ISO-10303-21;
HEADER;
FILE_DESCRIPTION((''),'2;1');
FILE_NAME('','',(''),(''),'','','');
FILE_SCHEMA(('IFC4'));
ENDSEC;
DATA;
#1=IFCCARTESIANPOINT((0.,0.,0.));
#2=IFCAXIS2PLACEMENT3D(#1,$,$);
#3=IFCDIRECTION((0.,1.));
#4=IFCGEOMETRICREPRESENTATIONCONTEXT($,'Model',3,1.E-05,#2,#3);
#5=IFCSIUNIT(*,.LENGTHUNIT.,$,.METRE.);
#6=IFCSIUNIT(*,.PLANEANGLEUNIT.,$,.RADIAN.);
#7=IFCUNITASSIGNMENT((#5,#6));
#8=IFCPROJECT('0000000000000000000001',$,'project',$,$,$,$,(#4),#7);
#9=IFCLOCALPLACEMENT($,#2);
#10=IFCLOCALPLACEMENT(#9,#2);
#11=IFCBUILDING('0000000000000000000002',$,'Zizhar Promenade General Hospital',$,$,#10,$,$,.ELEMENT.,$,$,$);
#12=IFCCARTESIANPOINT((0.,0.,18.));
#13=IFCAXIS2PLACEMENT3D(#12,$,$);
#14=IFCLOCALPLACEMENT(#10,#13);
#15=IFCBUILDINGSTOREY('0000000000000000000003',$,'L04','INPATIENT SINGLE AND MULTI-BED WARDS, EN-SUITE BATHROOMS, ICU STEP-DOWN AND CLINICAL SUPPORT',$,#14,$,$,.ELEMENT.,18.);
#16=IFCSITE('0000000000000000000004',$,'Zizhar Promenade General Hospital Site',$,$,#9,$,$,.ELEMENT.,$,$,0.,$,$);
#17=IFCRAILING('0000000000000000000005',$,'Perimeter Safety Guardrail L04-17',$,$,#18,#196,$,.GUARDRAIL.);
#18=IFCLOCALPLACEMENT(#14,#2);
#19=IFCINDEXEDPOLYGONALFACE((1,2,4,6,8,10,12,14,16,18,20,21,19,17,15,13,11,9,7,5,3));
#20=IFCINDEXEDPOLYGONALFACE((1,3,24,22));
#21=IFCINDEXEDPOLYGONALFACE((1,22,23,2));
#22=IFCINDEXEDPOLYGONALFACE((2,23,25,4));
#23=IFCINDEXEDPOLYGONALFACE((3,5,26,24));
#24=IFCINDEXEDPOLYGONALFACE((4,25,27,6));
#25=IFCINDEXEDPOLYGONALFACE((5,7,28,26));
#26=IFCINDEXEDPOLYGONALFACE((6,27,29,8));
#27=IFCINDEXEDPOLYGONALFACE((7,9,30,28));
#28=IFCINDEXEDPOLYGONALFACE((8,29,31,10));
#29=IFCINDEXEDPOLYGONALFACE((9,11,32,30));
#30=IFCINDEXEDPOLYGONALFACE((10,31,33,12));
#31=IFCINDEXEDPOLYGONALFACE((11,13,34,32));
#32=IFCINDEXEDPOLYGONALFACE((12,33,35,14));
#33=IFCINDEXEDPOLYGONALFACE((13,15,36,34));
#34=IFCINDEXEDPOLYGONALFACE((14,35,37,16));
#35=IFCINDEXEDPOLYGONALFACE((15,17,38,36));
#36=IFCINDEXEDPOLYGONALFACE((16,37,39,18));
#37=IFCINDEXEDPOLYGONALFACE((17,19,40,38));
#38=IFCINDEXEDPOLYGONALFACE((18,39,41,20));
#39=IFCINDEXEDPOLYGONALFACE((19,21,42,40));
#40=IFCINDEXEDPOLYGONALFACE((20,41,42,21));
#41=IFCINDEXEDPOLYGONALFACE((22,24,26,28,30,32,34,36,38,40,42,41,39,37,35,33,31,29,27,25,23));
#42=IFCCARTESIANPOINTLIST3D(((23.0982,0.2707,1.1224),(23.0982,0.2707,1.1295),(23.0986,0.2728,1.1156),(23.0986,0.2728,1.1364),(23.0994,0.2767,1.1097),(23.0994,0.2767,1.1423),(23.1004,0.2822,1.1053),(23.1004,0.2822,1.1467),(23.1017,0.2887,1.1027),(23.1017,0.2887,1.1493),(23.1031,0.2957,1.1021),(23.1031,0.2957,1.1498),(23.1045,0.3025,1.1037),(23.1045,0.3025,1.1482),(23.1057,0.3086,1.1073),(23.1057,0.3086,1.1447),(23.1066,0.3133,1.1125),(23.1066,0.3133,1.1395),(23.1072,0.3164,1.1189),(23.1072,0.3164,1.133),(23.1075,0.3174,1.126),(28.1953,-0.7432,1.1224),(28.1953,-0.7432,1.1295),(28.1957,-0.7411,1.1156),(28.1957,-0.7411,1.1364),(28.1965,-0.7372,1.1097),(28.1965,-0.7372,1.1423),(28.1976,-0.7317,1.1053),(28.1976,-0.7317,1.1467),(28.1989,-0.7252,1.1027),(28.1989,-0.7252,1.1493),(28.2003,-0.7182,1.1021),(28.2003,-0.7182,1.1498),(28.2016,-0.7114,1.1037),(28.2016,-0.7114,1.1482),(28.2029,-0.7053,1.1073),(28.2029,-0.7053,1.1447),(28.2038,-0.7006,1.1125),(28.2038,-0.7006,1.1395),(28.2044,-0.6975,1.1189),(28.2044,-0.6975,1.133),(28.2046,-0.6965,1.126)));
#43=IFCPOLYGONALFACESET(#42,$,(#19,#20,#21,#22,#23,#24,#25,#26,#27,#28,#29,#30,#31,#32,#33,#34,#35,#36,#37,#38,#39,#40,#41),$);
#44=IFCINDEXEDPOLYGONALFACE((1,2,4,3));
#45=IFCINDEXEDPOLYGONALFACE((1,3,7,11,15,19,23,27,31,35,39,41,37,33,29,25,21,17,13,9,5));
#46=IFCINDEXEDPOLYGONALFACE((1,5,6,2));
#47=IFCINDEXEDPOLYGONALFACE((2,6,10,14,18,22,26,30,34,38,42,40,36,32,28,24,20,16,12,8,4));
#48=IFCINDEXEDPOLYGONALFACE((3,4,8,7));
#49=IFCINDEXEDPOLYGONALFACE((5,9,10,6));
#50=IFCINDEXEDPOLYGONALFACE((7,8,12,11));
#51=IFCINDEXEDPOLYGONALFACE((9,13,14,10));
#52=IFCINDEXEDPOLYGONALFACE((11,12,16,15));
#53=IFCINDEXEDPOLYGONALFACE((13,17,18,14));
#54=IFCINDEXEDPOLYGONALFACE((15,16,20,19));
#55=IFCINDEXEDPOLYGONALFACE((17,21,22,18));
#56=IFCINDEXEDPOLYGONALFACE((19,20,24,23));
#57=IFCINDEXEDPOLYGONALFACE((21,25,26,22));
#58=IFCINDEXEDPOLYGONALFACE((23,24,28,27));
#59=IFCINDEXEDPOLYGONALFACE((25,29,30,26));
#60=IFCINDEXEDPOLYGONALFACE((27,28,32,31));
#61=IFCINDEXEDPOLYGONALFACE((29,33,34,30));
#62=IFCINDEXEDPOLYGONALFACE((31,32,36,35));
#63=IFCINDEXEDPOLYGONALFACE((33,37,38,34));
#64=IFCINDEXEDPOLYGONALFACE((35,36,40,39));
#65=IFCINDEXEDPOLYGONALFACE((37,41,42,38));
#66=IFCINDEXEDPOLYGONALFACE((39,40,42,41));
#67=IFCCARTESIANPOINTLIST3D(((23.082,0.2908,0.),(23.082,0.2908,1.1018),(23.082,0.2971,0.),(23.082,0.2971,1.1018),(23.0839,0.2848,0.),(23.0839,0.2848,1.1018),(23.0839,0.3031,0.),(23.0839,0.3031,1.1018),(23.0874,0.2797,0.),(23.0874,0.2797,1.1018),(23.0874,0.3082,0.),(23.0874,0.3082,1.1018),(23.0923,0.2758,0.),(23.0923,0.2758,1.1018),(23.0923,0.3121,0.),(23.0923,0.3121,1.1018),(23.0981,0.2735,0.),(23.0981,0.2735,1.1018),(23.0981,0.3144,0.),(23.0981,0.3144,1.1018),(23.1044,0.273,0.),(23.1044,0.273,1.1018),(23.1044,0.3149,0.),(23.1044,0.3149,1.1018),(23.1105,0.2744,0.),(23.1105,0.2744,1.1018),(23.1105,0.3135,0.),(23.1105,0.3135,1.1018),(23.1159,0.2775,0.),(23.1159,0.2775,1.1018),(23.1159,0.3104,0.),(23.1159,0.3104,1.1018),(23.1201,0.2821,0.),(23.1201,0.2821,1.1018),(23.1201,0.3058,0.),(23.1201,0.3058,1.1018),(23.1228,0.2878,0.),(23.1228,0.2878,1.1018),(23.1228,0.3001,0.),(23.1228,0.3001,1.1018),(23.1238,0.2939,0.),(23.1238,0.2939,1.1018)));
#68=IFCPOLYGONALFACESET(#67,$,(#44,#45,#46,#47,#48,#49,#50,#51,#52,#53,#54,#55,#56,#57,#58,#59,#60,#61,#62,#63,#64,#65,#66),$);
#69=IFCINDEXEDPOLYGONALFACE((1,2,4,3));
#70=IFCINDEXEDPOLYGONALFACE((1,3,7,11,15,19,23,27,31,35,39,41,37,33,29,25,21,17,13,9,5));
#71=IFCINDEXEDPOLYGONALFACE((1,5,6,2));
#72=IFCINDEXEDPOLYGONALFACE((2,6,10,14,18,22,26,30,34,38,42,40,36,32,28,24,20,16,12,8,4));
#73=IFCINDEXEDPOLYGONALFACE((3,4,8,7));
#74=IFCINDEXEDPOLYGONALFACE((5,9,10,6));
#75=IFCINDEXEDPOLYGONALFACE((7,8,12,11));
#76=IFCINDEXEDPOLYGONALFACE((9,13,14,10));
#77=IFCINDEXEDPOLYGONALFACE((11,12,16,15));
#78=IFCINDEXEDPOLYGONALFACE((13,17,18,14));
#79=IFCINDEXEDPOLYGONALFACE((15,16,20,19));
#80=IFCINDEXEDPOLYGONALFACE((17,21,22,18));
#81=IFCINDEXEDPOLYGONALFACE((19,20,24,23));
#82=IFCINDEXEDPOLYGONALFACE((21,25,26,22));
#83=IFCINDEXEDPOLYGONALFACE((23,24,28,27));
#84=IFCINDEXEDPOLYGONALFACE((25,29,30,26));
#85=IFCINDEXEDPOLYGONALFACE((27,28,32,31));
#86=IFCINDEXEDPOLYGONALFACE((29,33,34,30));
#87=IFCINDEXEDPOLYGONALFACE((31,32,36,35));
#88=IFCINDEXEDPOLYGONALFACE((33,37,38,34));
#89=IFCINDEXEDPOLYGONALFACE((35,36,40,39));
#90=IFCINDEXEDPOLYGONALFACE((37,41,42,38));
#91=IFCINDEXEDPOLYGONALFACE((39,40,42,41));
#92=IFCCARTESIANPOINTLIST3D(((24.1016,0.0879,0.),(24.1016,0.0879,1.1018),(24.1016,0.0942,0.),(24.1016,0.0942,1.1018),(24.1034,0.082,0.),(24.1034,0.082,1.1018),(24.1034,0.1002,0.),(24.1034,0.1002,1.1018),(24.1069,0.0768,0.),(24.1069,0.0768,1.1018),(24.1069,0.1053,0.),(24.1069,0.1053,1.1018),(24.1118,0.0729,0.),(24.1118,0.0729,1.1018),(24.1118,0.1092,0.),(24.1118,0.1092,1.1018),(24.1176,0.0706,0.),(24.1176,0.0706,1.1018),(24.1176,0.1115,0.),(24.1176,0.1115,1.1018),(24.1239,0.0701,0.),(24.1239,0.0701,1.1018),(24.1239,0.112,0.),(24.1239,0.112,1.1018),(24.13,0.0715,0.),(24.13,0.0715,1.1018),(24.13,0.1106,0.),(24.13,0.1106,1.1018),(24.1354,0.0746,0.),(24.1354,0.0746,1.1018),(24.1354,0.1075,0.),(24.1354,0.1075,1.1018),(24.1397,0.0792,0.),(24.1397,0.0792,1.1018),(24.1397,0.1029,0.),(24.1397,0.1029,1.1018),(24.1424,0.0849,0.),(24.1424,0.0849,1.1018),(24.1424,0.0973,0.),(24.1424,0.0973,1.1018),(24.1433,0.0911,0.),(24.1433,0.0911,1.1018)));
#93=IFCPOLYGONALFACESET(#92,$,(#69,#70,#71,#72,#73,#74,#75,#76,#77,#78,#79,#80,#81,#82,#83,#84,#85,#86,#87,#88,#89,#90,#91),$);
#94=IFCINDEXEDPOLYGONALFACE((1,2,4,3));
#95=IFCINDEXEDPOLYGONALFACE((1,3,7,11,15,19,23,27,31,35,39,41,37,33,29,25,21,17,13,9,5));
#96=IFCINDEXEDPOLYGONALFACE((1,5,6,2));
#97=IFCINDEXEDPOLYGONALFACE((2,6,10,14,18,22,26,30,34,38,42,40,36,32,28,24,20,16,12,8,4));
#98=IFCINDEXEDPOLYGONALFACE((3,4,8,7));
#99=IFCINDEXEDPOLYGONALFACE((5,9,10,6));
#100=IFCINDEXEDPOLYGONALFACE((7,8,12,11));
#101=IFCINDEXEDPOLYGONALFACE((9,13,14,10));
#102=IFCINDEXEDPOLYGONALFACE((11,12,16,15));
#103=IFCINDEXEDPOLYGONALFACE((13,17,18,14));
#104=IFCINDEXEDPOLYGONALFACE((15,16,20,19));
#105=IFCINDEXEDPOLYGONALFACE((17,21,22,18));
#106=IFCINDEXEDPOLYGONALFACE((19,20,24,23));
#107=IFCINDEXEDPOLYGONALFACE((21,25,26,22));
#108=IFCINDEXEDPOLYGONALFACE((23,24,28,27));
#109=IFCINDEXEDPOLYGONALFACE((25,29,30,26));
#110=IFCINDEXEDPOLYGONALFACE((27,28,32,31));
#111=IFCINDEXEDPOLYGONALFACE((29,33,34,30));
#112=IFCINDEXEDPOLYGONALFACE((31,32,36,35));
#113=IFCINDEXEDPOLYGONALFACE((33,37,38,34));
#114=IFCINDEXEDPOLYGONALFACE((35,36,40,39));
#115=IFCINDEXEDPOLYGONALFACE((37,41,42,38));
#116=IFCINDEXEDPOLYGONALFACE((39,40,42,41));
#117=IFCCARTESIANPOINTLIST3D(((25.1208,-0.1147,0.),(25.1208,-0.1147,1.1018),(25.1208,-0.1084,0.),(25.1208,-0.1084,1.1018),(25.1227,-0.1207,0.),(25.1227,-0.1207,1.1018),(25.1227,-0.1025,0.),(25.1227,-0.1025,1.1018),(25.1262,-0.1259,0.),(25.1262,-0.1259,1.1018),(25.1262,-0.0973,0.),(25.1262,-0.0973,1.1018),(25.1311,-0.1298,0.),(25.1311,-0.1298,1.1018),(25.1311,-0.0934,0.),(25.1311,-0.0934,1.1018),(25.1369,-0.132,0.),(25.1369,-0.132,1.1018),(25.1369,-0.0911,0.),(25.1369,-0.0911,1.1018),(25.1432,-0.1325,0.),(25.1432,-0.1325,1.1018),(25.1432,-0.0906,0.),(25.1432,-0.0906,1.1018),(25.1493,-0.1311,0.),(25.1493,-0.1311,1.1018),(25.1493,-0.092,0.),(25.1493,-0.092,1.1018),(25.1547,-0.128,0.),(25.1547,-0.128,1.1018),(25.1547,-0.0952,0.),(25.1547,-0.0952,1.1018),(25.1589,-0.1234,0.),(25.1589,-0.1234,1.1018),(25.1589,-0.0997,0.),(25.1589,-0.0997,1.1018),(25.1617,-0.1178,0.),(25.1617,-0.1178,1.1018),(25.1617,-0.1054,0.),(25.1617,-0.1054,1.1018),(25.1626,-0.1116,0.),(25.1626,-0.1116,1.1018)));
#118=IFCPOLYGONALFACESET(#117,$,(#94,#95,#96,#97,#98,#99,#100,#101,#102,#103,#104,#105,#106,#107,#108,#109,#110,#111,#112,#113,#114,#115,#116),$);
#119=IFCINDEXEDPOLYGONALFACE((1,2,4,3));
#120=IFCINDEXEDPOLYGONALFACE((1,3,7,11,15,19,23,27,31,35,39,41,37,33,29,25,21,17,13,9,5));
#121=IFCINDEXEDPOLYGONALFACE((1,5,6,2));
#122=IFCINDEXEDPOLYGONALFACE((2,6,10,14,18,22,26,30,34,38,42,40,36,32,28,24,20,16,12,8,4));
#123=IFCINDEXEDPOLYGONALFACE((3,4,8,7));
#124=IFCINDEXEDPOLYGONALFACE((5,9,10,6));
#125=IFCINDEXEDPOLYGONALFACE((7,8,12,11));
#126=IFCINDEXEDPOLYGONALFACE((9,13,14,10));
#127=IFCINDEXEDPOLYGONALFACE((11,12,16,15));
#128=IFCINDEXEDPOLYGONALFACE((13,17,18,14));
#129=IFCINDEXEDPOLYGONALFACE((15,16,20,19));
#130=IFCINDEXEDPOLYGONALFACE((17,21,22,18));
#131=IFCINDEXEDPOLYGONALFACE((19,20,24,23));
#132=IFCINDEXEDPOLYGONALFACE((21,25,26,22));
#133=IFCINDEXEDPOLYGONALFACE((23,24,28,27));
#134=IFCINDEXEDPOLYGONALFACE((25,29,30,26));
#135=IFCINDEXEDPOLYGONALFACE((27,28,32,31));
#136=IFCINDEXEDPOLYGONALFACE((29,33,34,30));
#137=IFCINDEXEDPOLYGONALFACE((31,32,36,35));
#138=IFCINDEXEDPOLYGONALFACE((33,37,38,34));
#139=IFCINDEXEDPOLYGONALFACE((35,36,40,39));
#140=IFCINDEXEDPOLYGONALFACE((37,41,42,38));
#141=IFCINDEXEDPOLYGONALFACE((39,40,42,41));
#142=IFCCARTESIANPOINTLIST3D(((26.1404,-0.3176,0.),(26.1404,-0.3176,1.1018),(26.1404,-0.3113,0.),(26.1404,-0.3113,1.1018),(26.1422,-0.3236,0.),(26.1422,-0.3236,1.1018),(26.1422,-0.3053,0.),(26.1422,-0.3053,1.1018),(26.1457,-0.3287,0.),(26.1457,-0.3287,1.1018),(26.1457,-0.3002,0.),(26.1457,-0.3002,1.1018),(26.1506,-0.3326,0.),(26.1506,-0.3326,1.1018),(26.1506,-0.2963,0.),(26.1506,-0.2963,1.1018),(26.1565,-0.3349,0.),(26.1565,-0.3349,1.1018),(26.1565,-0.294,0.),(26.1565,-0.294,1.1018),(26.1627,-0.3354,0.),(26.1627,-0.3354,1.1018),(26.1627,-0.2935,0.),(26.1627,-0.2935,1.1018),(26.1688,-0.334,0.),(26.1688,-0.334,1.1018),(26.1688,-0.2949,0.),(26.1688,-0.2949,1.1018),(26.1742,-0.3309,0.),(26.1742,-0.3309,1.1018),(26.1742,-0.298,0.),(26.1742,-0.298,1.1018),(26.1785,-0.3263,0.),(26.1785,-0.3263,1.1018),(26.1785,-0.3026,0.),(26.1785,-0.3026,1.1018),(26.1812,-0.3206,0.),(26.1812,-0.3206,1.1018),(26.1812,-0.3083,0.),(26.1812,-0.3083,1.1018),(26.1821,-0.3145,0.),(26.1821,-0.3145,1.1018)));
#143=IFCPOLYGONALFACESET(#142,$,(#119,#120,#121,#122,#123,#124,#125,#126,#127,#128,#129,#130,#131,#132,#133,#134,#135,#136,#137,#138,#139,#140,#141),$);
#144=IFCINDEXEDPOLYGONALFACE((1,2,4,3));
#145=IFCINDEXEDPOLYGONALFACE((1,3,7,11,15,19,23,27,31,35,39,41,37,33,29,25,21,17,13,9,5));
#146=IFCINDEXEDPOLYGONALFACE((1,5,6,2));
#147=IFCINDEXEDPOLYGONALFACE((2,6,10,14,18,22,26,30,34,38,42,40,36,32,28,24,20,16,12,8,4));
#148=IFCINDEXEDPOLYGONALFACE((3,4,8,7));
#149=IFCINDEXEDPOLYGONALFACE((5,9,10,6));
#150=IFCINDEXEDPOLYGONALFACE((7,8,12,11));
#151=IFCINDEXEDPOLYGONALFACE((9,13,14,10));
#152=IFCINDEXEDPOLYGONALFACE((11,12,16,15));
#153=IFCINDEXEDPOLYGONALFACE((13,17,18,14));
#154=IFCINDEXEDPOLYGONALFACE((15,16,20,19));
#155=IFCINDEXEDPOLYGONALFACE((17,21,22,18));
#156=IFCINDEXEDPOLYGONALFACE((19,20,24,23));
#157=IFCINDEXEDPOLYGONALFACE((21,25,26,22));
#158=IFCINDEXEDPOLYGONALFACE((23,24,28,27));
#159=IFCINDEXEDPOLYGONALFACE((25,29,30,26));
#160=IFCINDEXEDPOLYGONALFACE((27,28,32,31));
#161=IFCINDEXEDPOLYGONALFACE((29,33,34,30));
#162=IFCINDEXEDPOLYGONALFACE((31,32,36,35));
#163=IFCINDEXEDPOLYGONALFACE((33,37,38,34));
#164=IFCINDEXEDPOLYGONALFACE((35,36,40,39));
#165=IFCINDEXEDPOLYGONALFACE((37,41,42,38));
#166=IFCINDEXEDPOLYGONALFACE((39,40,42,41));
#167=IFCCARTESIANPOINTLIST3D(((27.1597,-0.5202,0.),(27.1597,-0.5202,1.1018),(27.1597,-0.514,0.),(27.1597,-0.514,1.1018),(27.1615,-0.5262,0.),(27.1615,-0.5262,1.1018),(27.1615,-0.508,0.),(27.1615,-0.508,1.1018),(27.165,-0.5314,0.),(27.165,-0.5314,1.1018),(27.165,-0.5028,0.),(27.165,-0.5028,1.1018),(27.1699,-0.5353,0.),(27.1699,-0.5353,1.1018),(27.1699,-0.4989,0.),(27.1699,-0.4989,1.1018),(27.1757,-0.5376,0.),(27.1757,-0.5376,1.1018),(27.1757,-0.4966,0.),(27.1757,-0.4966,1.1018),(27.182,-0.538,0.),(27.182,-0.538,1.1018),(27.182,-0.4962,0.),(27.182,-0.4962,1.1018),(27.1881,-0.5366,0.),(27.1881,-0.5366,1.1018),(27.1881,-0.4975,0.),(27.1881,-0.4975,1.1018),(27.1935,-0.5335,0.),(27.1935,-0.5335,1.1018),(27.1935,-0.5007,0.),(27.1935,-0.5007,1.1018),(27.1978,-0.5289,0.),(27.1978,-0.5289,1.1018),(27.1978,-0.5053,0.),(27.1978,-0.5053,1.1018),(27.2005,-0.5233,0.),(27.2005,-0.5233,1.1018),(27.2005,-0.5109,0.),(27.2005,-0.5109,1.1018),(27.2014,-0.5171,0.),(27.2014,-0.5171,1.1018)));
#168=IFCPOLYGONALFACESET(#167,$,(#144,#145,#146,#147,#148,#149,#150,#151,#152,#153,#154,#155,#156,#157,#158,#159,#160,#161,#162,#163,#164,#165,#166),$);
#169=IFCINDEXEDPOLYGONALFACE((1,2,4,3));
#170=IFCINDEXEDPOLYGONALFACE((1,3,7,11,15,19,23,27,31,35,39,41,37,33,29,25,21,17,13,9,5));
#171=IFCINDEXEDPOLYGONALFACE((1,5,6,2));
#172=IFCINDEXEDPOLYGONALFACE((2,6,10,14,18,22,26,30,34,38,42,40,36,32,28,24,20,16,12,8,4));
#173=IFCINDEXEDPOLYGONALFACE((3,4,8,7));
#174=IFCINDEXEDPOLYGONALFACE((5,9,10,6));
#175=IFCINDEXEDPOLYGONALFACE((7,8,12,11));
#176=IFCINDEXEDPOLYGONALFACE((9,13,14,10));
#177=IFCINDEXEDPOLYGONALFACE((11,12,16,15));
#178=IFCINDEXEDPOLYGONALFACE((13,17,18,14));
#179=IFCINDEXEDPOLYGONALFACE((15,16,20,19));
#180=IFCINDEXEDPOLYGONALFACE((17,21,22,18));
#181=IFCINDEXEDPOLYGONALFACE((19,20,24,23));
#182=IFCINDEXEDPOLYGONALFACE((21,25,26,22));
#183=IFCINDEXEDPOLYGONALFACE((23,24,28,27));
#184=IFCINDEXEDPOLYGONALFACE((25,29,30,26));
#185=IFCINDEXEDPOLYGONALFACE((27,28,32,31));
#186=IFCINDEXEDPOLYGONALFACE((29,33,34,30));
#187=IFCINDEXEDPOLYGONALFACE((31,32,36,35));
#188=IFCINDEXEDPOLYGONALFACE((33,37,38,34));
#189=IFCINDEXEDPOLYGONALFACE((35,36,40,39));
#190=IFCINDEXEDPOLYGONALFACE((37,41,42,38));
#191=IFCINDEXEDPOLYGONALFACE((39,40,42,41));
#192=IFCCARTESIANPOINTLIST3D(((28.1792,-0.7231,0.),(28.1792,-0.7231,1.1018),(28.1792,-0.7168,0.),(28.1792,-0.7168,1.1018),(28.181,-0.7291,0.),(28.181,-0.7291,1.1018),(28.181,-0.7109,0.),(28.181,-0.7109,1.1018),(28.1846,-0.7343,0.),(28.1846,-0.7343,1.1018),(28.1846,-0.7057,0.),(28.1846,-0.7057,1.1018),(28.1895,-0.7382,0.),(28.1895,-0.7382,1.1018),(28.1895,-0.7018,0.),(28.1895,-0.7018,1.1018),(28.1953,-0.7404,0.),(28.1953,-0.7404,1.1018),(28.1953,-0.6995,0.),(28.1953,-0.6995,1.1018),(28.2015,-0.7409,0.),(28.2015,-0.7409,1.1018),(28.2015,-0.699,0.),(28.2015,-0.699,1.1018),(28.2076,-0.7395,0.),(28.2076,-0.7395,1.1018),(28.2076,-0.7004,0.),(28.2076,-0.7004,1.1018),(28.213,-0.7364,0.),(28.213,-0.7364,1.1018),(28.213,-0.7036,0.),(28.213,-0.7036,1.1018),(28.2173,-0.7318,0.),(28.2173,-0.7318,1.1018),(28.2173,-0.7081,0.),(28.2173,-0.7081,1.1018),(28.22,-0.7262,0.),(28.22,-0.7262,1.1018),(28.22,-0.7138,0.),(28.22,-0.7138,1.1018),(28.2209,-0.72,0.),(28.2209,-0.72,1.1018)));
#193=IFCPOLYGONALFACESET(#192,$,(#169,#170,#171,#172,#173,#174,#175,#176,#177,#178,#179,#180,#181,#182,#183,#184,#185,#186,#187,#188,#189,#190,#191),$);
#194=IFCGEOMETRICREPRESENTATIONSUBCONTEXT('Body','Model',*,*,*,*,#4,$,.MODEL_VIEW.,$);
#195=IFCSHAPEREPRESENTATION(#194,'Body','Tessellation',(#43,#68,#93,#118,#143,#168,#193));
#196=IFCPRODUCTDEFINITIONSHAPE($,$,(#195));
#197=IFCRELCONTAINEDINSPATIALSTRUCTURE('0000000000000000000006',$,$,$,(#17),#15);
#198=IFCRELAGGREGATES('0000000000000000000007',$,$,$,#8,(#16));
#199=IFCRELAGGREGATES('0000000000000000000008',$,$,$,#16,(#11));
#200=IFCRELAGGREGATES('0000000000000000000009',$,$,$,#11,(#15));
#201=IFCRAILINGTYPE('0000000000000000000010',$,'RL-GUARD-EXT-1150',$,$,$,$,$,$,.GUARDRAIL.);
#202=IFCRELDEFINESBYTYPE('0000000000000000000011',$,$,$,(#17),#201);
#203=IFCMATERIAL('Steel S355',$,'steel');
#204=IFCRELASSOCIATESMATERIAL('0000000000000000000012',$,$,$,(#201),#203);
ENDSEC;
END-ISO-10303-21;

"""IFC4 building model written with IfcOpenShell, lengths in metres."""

from ifc_helpers import new_model, si_unit, direction, frame, origin, origin_2d, place, context, subcontext, project, spatial, hollow_rectangle, circle, extrude, material, material_profile, profile_set, type_object, element, save


model = new_model("IFC4")

# Units and contexts
model_context = context("Model", 3, precision=1e-05, world=origin(), true_north=direction((0.0, 1.0)))
body_context = subcontext(model_context, "Body", "Model", "MODEL_VIEW")
ifc_project = project(units=[si_unit("LENGTHUNIT", "METRE"), si_unit("PLANEANGLEUNIT", "RADIAN")], contexts=[model_context])

# Site, building, storey
site_placement = place(None, origin())
site = spatial("IfcSite", under=ifc_project, at=site_placement, Name="Zizhar Promenade General Hospital Site", CompositionType="ELEMENT", RefElevation=0.0)
building_placement = place(site_placement, origin())
building = spatial("IfcBuilding", under=site, at=building_placement, Name="Zizhar Promenade General Hospital", CompositionType="ELEMENT")
storey_placement = place(building_placement, frame((0.0, 0.0, 18.0)))
storey = spatial("IfcBuildingStorey", under=building, at=storey_placement, Name="L04", Description="INPATIENT SINGLE AND MULTI-BED WARDS, EN-SUITE BATHROOMS, ICU STEP-DOWN AND CLINICAL SUPPORT", CompositionType="ELEMENT", Elevation=18.0)

# Railing
ifc_material_1 = material(Name="Steel S355", Category="steel")
ifc_material_profile_1 = material_profile(ifc_material_1, hollow_rectangle(XDim=0.0601, YDim=0.1201, WallThickness=0.0039, at=origin_2d()))
ifc_profile_set_1 = profile_set([ifc_material_profile_1], Name="Steel S355")
railing_type = type_object("IfcRailingType", Name="RL-GUARD-EXT-1150", PredefinedType="GUARDRAIL", material=ifc_profile_set_1)
railing_1_placement = place(storey_placement, frame((23.1028, 0.2939, 0.0)))
element("IfcRailing", 1, at=railing_1_placement, inside=storey, type_object=railing_type, Name="Perimeter Safety Guardrail L04-17", PredefinedType="GUARDRAIL", context=body_context, shape_type="SweptSolid", body=[
    extrude(circle(Radius=0.0239, at=origin_2d()), frame((0.0, 0.0, 1.126), z_axis=(0.980784, -0.195095, 0.0), x_axis=(0.195095, 0.980784, 0.0)), (0.0, 0.0, 1.0), 5.197),
    extrude(circle(Radius=0.021, at=origin_2d()), origin(), (0.0, 0.0, 1.0), 1.1018),
    extrude(circle(Radius=0.021, at=origin_2d()), frame((1.0195, -0.2029, 0.0)), (0.0, 0.0, 1.0), 1.1018),
    extrude(circle(Radius=0.021, at=origin_2d()), frame((2.0388, -0.4055, 0.0)), (0.0, 0.0, 1.0), 1.1018),
    extrude(circle(Radius=0.021, at=origin_2d()), frame((3.0583, -0.6084, 0.0)), (0.0, 0.0, 1.0), 1.1018),
    extrude(circle(Radius=0.021, at=origin_2d()), frame((4.0776, -0.811, 0.0)), (0.0, 0.0, 1.0), 1.1018),
    extrude(circle(Radius=0.021, at=origin_2d()), frame((5.0972, -1.0139, 0.0)), (0.0, 0.0, 1.0), 1.1018),
])

save(model, "model.ifc")
